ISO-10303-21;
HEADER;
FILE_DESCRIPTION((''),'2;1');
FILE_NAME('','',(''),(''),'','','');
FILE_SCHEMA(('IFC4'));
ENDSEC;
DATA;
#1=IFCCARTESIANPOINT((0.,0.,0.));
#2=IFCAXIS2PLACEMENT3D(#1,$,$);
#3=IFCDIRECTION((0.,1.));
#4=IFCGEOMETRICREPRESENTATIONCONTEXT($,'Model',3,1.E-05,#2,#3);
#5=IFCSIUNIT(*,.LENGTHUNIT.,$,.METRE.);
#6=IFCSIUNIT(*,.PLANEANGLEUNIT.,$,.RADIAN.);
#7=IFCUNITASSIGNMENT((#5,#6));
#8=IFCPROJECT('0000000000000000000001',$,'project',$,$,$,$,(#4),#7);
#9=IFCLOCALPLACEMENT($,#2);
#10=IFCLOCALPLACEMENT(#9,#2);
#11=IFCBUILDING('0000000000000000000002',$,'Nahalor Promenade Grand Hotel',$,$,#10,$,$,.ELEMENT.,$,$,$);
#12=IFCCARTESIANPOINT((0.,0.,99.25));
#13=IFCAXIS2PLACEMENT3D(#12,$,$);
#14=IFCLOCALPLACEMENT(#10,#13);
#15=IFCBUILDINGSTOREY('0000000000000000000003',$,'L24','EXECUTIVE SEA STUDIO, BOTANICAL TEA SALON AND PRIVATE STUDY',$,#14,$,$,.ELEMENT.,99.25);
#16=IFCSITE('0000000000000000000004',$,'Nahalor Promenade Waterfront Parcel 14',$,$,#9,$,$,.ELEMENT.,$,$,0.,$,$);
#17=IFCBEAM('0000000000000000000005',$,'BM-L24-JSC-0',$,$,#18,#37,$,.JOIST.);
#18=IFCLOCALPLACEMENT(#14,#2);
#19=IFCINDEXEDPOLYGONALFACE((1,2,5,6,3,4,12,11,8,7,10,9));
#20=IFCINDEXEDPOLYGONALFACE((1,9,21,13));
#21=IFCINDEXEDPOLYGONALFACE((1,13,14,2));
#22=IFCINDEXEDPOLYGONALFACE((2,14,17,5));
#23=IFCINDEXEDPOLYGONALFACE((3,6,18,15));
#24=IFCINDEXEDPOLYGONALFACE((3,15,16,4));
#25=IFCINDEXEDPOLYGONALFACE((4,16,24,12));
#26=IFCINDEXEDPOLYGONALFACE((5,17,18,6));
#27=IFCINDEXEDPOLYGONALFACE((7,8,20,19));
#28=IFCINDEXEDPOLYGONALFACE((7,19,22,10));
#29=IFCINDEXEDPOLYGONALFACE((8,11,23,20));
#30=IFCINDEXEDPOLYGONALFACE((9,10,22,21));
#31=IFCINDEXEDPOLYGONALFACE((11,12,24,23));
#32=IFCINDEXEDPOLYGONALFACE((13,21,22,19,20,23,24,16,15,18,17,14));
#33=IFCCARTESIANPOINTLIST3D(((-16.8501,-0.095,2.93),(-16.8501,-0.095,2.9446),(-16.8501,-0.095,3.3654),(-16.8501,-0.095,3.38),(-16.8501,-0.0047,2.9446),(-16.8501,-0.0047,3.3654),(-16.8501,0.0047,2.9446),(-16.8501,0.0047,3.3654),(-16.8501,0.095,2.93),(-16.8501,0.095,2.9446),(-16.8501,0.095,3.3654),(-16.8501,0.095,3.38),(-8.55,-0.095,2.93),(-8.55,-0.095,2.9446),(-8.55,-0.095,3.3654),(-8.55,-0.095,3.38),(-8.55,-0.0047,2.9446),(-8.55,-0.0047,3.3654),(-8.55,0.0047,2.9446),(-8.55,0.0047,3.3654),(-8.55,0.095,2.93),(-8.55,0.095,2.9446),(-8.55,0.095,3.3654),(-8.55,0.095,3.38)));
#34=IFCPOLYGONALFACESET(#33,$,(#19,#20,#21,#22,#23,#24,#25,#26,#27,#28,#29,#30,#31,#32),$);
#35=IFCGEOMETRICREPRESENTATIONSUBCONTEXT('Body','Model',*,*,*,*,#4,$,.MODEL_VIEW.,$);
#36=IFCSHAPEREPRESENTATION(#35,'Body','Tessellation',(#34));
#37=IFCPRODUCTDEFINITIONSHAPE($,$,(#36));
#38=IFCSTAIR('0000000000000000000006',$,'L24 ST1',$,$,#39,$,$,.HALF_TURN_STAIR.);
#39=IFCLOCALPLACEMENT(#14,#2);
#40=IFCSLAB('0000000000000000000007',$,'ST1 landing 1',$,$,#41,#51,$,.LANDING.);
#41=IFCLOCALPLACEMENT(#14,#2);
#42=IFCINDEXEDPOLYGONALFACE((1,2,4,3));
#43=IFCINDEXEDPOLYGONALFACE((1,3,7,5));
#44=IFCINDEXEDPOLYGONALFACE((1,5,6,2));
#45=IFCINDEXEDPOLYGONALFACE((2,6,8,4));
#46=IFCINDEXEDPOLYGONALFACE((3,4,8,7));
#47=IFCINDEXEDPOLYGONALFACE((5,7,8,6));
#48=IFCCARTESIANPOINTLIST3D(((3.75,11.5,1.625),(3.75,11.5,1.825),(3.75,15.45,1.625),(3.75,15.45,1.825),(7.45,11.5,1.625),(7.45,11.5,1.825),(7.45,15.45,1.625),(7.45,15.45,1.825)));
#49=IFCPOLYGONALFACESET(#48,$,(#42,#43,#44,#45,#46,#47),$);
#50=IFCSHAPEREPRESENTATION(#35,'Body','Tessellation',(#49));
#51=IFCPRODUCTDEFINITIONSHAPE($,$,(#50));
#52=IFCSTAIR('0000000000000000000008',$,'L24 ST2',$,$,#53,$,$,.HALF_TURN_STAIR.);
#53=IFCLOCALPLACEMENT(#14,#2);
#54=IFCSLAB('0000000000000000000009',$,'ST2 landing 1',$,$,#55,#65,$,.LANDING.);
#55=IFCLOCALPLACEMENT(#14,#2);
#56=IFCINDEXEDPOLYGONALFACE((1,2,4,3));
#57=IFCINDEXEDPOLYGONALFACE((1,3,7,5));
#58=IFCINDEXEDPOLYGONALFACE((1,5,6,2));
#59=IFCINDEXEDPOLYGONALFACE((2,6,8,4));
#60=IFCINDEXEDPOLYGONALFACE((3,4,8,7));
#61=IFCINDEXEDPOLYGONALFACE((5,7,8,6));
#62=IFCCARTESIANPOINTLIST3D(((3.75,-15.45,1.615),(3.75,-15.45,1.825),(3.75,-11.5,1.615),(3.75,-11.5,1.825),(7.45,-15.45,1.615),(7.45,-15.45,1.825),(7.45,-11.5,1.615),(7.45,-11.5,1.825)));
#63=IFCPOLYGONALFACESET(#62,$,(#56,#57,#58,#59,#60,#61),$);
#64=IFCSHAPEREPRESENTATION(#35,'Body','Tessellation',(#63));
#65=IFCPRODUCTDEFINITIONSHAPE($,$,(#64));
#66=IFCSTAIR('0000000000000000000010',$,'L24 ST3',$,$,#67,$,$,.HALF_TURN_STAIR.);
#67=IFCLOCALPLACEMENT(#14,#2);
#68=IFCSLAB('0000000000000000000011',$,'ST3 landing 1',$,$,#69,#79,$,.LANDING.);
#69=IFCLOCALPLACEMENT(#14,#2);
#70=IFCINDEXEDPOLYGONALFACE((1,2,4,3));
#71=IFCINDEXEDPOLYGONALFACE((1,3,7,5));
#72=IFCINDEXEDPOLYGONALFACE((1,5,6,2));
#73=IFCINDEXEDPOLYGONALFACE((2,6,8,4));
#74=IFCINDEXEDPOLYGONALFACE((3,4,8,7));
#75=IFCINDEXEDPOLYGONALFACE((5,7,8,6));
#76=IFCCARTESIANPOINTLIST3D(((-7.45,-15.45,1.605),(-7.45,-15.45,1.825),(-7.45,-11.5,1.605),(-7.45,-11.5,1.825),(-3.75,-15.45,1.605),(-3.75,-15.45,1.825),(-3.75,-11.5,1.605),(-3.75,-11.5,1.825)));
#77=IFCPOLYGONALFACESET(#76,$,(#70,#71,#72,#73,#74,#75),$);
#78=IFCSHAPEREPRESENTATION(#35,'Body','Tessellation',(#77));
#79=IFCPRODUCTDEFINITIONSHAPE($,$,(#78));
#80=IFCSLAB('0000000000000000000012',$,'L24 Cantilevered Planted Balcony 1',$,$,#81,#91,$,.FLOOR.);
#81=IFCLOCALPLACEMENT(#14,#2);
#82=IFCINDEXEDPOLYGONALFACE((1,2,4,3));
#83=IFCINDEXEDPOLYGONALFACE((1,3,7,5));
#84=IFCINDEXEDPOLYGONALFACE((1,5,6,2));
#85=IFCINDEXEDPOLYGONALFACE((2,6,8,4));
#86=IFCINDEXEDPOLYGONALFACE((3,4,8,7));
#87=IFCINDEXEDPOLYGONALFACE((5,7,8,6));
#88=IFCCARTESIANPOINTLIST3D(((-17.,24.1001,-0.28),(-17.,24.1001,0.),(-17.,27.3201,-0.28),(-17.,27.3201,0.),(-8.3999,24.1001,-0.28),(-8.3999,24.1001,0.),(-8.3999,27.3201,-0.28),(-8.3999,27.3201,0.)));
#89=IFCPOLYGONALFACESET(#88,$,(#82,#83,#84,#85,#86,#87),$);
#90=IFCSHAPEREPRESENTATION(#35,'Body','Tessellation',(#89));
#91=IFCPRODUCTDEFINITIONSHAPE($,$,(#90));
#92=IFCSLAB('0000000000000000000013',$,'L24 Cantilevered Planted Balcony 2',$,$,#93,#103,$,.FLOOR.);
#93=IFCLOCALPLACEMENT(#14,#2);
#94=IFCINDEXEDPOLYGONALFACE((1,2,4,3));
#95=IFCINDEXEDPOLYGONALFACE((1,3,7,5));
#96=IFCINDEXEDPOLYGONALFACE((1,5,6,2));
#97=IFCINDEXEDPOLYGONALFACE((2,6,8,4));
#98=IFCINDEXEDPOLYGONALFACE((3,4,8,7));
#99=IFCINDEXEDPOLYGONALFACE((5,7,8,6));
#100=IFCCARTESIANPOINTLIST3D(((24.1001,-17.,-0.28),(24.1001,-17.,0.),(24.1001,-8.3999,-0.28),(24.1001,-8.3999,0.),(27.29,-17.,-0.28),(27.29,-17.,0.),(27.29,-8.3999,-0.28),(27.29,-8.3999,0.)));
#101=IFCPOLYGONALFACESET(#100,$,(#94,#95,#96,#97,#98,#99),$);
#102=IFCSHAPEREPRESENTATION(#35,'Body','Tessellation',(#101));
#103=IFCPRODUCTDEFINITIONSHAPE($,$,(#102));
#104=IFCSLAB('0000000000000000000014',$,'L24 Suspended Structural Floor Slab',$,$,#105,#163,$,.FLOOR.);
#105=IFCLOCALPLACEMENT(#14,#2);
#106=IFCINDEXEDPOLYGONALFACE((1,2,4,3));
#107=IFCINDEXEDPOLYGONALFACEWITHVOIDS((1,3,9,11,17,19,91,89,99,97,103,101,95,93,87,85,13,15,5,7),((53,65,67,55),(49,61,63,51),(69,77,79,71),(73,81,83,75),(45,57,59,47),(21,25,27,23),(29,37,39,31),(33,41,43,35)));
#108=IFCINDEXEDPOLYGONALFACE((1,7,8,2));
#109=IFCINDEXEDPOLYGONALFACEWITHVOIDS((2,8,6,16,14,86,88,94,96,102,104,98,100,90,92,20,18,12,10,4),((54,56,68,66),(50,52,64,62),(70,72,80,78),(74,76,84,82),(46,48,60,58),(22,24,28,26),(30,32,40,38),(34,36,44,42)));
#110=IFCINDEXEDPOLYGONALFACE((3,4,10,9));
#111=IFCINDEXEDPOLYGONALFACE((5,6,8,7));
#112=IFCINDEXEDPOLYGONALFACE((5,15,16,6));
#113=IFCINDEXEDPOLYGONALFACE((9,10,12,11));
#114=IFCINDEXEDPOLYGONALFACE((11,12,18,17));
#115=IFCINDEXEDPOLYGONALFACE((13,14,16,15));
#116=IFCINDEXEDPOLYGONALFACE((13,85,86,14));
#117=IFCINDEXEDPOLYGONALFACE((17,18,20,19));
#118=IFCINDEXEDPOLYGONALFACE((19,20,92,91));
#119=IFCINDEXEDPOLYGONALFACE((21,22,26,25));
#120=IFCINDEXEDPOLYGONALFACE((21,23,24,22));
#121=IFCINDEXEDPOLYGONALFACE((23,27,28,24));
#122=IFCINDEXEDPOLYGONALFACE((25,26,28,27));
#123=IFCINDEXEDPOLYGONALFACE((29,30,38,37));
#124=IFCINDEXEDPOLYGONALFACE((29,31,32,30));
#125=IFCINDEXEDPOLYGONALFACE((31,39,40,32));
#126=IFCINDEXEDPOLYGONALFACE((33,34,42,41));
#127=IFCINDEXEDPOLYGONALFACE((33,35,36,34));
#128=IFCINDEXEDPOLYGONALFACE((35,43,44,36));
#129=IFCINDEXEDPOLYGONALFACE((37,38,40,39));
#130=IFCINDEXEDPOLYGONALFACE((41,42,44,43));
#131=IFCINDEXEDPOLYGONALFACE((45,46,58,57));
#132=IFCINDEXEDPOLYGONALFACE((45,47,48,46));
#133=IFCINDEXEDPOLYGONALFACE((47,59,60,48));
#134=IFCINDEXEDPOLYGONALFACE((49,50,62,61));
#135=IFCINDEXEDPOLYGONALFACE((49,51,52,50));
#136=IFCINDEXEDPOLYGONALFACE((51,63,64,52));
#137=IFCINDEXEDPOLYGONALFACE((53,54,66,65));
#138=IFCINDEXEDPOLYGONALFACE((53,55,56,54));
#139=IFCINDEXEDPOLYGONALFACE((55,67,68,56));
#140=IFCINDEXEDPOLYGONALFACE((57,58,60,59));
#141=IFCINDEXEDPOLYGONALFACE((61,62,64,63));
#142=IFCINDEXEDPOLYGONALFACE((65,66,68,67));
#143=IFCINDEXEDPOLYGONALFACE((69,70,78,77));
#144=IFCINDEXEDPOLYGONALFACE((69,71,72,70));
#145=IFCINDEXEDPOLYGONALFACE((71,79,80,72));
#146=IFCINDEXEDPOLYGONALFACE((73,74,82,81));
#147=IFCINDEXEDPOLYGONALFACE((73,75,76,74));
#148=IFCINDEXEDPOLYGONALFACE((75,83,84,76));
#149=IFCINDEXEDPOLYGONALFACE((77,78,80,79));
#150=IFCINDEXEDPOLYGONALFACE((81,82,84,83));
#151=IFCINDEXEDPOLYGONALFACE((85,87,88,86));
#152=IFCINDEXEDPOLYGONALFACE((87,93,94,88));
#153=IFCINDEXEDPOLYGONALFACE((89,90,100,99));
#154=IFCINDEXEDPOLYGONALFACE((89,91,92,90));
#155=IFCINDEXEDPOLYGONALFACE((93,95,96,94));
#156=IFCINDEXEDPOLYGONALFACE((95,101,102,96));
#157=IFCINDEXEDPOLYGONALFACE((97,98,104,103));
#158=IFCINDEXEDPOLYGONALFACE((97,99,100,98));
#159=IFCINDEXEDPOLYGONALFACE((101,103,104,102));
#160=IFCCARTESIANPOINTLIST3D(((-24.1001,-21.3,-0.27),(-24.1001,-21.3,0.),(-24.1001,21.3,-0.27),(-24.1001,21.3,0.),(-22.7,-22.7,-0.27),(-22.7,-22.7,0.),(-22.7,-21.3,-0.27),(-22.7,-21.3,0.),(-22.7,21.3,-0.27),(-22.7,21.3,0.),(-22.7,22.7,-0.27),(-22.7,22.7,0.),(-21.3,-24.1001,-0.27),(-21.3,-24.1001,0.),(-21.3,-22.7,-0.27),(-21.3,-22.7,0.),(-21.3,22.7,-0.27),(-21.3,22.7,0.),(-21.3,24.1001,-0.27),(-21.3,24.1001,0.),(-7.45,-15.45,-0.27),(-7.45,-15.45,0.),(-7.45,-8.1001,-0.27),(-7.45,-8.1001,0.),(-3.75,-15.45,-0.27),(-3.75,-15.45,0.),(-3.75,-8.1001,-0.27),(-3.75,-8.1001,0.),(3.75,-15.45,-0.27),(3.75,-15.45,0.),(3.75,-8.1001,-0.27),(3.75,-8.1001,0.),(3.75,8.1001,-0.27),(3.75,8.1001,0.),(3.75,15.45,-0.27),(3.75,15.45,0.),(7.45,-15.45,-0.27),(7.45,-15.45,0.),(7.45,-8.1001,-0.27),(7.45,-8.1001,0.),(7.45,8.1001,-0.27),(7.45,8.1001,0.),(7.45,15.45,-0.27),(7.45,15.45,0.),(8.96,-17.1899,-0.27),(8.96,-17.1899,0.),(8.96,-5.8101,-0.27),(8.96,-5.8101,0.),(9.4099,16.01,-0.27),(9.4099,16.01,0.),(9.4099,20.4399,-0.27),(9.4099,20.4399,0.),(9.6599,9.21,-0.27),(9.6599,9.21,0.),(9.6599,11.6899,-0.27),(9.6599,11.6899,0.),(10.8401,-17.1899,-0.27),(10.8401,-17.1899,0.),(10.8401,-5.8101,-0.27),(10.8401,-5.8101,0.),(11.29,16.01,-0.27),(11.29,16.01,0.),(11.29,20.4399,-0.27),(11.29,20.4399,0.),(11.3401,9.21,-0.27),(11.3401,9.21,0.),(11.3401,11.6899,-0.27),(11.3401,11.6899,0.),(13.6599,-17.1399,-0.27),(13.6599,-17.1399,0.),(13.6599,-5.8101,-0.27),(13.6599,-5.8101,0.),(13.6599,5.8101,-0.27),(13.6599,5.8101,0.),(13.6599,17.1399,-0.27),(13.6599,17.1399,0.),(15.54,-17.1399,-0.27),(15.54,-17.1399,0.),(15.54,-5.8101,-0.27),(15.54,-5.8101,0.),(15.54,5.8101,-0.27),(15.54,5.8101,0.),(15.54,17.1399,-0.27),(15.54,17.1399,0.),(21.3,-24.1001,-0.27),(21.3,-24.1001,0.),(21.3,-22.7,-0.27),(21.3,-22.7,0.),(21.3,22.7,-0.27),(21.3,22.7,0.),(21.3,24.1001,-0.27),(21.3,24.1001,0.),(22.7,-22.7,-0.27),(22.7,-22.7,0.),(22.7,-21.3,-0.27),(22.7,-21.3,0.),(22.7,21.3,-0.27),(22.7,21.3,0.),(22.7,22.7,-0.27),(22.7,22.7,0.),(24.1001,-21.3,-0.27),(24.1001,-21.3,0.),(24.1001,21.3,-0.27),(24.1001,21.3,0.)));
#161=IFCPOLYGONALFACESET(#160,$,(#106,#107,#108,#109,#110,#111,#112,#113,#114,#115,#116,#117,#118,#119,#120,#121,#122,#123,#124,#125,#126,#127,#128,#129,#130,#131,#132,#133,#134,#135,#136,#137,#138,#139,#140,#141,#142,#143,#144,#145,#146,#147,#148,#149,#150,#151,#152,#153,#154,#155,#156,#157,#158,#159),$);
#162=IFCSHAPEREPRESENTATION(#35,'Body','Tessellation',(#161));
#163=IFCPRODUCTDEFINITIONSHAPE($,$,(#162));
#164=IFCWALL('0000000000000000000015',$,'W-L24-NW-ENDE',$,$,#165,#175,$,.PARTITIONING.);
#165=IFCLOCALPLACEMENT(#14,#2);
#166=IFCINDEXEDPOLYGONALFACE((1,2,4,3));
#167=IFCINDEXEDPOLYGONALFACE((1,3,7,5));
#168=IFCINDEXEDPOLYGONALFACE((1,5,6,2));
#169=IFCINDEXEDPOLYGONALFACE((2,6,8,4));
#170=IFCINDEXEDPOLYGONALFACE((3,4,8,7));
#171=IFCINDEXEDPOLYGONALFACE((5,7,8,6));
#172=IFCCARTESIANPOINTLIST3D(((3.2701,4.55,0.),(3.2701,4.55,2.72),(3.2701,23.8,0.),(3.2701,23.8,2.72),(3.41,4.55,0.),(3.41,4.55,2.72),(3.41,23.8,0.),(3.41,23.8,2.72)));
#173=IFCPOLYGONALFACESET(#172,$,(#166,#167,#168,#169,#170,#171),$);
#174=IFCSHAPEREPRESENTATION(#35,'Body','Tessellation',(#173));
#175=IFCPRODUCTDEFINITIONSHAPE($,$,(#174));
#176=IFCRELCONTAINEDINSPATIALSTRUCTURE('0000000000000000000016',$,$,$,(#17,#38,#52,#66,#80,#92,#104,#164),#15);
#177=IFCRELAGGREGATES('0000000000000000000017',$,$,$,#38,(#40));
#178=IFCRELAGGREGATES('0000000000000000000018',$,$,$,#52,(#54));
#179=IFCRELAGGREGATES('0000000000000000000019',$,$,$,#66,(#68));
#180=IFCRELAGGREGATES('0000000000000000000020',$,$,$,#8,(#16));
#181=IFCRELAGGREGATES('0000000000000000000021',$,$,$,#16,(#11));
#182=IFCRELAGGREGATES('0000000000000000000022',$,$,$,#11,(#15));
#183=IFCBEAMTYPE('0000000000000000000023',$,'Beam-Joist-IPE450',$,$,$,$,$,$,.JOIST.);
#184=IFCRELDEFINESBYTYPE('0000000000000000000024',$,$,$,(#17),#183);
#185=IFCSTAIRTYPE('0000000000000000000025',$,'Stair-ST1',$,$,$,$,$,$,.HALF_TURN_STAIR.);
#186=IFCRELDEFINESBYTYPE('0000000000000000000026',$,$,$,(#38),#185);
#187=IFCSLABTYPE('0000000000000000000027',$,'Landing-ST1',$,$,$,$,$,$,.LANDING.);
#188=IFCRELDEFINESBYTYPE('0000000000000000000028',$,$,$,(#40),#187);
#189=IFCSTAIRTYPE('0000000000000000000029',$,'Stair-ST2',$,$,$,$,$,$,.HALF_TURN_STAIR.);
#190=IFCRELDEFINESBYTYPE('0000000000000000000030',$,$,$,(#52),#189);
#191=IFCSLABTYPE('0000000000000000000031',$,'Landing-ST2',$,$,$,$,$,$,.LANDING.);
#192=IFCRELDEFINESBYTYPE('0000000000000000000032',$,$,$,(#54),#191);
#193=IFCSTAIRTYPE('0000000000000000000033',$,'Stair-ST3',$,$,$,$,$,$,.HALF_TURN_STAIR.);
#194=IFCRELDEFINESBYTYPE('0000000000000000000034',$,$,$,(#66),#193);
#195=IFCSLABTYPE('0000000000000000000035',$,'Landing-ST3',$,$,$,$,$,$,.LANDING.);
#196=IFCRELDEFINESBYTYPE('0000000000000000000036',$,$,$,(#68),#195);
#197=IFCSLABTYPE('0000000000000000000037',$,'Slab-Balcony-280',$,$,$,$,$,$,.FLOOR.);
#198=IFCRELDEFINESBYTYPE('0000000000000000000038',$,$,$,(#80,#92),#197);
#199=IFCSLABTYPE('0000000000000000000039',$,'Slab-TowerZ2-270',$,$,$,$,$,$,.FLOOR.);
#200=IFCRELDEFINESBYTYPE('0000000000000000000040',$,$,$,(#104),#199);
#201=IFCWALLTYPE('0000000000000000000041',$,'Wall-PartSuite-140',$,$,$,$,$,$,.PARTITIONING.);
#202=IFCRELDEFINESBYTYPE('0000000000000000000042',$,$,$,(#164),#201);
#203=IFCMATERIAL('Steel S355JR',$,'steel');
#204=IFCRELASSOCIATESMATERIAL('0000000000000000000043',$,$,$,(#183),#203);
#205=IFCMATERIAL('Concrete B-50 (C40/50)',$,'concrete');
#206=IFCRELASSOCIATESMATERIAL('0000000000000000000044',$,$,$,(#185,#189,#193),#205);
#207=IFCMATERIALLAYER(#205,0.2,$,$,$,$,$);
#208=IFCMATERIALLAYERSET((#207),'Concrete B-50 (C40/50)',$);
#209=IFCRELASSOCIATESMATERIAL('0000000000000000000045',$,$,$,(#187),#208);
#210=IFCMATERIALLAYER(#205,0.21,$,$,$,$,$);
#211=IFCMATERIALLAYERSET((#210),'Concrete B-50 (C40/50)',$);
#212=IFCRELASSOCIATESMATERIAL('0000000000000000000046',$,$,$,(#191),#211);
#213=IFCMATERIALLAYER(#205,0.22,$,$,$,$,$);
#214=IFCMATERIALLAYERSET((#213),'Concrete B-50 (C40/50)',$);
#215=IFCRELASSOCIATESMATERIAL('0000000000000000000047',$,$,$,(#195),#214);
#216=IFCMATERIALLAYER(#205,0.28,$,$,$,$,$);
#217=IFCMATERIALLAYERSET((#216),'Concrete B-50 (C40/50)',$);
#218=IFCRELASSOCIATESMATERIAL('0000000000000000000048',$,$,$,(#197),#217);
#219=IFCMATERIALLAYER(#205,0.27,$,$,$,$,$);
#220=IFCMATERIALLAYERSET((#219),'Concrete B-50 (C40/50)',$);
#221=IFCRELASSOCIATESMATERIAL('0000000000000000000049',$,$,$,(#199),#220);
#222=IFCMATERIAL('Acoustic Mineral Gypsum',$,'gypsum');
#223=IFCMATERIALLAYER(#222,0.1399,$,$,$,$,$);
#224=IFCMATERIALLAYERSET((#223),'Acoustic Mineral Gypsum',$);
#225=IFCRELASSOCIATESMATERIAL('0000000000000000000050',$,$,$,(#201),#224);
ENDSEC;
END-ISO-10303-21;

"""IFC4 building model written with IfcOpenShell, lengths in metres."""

from ifc_helpers import new_model, si_unit, direction, frame, frame_2d, origin, origin_2d, place, context, subcontext, project, spatial, polyline, rectangle, i_section, outline, extrude, source, transform, mapped, material, layer, layer_set, material_profile, profile_set, type_object, element, aggregate, save


model = new_model("IFC4")

# Units and contexts
model_context = context("Model", 3, precision=1e-05, world=origin(), true_north=direction((0.0, 1.0)))
body_context = subcontext(model_context, "Body", "Model", "MODEL_VIEW")
ifc_project = project(units=[si_unit("LENGTHUNIT", "METRE"), si_unit("PLANEANGLEUNIT", "RADIAN")], contexts=[model_context])

# Site, building, storey
site_placement = place(None, origin())
site = spatial("IfcSite", under=ifc_project, at=site_placement, Name="Nahalor Promenade Waterfront Parcel 14", CompositionType="ELEMENT", RefElevation=0.0)
building_placement = place(site_placement, origin())
building = spatial("IfcBuilding", under=site, at=building_placement, Name="Nahalor Promenade Grand Hotel", CompositionType="ELEMENT")
storey_placement = place(building_placement, frame((0.0, 0.0, 99.25)))
storey = spatial("IfcBuildingStorey", under=building, at=storey_placement, Name="L24", Description="EXECUTIVE SEA STUDIO, BOTANICAL TEA SALON AND PRIVATE STUDY", CompositionType="ELEMENT", Elevation=99.25)

# Beam
ifc_material_1 = material(Name="Steel S355JR", Category="steel")
ifc_material_profile_1 = material_profile(ifc_material_1, i_section(OverallWidth=0.19, OverallDepth=0.45, WebThickness=0.0094, FlangeThickness=0.0146, at=origin_2d()), Name="IPE 450")
ifc_profile_set_1 = profile_set([ifc_material_profile_1], Name="Steel S355JR")
beam_type_1 = type_object("IfcBeamType", Name="Beam-Joist-IPE450", PredefinedType="JOIST", material=ifc_profile_set_1)
shared_shape_1 = source(origin(), body_context, "Body", "SweptSolid", [
    extrude(i_section(OverallWidth=0.19, OverallDepth=0.45, WebThickness=0.0094, FlangeThickness=0.0146, at=origin_2d()), origin(), (0.0, 0.0, 1.0), 8.3),
])
for number, where, z_axis, x_axis, name in (
    (1, (-16.8501, 0.0, 3.155), (1.0, 0.0, 0.0), (0.0, 1.0, 0.0), "BM-L24-JSC-0"),
):
    element("IfcBeam", number, at=place(storey_placement, frame(where, z_axis=z_axis, x_axis=x_axis)), inside=storey, type_object=beam_type_1, Name=name, PredefinedType="JOIST", context=body_context, shape_type="MappedRepresentation", body=[
        mapped(shared_shape_1, transform((0.0, 0.0, 0.0), scale=1.0)),
    ])

# Stairs, slabs
ifc_material_2 = material(Name="Concrete B-50 (C40/50)", Category="concrete")
stair_type_1 = type_object("IfcStairType", Name="Stair-ST1", PredefinedType="HALF_TURN_STAIR", material=ifc_material_2)
stair_1_placement = place(storey_placement, origin())
stair_1 = element("IfcStair", 2, at=stair_1_placement, inside=storey, type_object=stair_type_1, Name="L24 ST1", PredefinedType="HALF_TURN_STAIR")
ifc_layer_1 = layer(ifc_material_2, 0.2)
ifc_layer_set_1 = layer_set([ifc_layer_1], Name="Concrete B-50 (C40/50)")
slab_type_1 = type_object("IfcSlabType", Name="Landing-ST1", PredefinedType="LANDING", material=ifc_layer_set_1)
slab_1_placement = place(storey_placement, frame((0.0, 0.0, 1.625)))
slab_1 = element("IfcSlab", 3, at=slab_1_placement, type_object=slab_type_1, Name="ST1 landing 1", PredefinedType="LANDING", context=body_context, shape_type="SweptSolid", body=[
    extrude(outline(polyline([(7.45, 11.5), (7.45, 15.45), (3.75, 15.45), (3.75, 11.5), (7.45, 11.5)])), origin(), (0.0, 0.0, 1.0), 0.2),
])
aggregate(stair_1, [slab_1])
stair_type_2 = type_object("IfcStairType", Name="Stair-ST2", PredefinedType="HALF_TURN_STAIR", material=ifc_material_2)
stair_2_placement = place(storey_placement, origin())
stair_2 = element("IfcStair", 4, at=stair_2_placement, inside=storey, type_object=stair_type_2, Name="L24 ST2", PredefinedType="HALF_TURN_STAIR")
ifc_layer_2 = layer(ifc_material_2, 0.21)
ifc_layer_set_2 = layer_set([ifc_layer_2], Name="Concrete B-50 (C40/50)")
slab_type_2 = type_object("IfcSlabType", Name="Landing-ST2", PredefinedType="LANDING", material=ifc_layer_set_2)
slab_2_placement = place(storey_placement, frame((0.0, 0.0, 1.615)))
slab_2 = element("IfcSlab", 5, at=slab_2_placement, type_object=slab_type_2, Name="ST2 landing 1", PredefinedType="LANDING", context=body_context, shape_type="SweptSolid", body=[
    extrude(outline(polyline([(3.75, -11.5), (3.75, -15.45), (7.45, -15.45), (7.45, -11.5), (3.75, -11.5)])), origin(), (0.0, 0.0, 1.0), 0.21),
])
aggregate(stair_2, [slab_2])
stair_type_3 = type_object("IfcStairType", Name="Stair-ST3", PredefinedType="HALF_TURN_STAIR", material=ifc_material_2)
stair_3_placement = place(storey_placement, origin())
stair_3 = element("IfcStair", 6, at=stair_3_placement, inside=storey, type_object=stair_type_3, Name="L24 ST3", PredefinedType="HALF_TURN_STAIR")
ifc_layer_3 = layer(ifc_material_2, 0.22)
ifc_layer_set_3 = layer_set([ifc_layer_3], Name="Concrete B-50 (C40/50)")
slab_type_3 = type_object("IfcSlabType", Name="Landing-ST3", PredefinedType="LANDING", material=ifc_layer_set_3)
slab_3_placement = place(storey_placement, frame((0.0, 0.0, 1.605)))
slab_3 = element("IfcSlab", 7, at=slab_3_placement, type_object=slab_type_3, Name="ST3 landing 1", PredefinedType="LANDING", context=body_context, shape_type="SweptSolid", body=[
    extrude(outline(polyline([(-7.45, -11.5), (-7.45, -15.45), (-3.75, -15.45), (-3.75, -11.5), (-7.45, -11.5)])), origin(), (0.0, 0.0, 1.0), 0.22),
])
aggregate(stair_3, [slab_3])

# Slabs
ifc_layer_4 = layer(ifc_material_2, 0.28)
ifc_layer_set_4 = layer_set([ifc_layer_4], Name="Concrete B-50 (C40/50)")
slab_type_4 = type_object("IfcSlabType", Name="Slab-Balcony-280", PredefinedType="FLOOR", material=ifc_layer_set_4)
slab_4_placement = place(storey_placement, frame((0.0, 0.0, -0.28)))
element("IfcSlab", 8, at=slab_4_placement, inside=storey, type_object=slab_type_4, Name="L24 Cantilevered Planted Balcony 1", PredefinedType="FLOOR", context=body_context, shape_type="SweptSolid", body=[
    extrude(outline(polyline([(-17.0, 24.1001), (-8.3999, 24.1001), (-8.3999, 27.3201), (-17.0, 27.3201), (-17.0, 24.1001)])), origin(), (0.0, 0.0, 1.0), 0.28),
])
slab_5_placement = place(storey_placement, frame((0.0, 0.0, -0.28)))
element("IfcSlab", 9, at=slab_5_placement, inside=storey, type_object=slab_type_4, Name="L24 Cantilevered Planted Balcony 2", PredefinedType="FLOOR", context=body_context, shape_type="SweptSolid", body=[
    extrude(outline(polyline([(24.1001, -17.0), (27.29, -17.0), (27.29, -8.3999), (24.1001, -8.3999), (24.1001, -17.0)])), origin(), (0.0, 0.0, 1.0), 0.28),
])
ifc_layer_5 = layer(ifc_material_2, 0.27)
ifc_layer_set_5 = layer_set([ifc_layer_5], Name="Concrete B-50 (C40/50)")
slab_type_5 = type_object("IfcSlabType", Name="Slab-TowerZ2-270", PredefinedType="FLOOR", material=ifc_layer_set_5)
slab_6_placement = place(storey_placement, frame((0.0, 0.0, -0.27)))
element("IfcSlab", 10, at=slab_6_placement, inside=storey, type_object=slab_type_5, Name="L24 Suspended Structural Floor Slab", PredefinedType="FLOOR", context=body_context, shape_type="SweptSolid", body=[
    extrude(outline(polyline([(-21.3, -24.1001), (21.3, -24.1001), (21.3, -22.7), (22.7, -22.7), (22.7, -21.3), (24.1001, -21.3), (24.1001, 21.3), (22.7, 21.3), (22.7, 22.7), (21.3, 22.7), (21.3, 24.1001), (-21.3, 24.1001), (-21.3, 22.7), (-22.7, 22.7), (-22.7, 21.3), (-24.1001, 21.3), (-24.1001, -21.3), (-22.7, -21.3), (-22.7, -22.7), (-21.3, -22.7), (-21.3, -24.1001)]), holes=[polyline([(3.75, 8.1001), (7.45, 8.1001), (7.45, 15.45), (3.75, 15.45), (3.75, 8.1001)]), polyline([(3.75, -15.45), (7.45, -15.45), (7.45, -8.1001), (3.75, -8.1001), (3.75, -15.45)]), polyline([(-7.45, -15.45), (-3.75, -15.45), (-3.75, -8.1001), (-7.45, -8.1001), (-7.45, -15.45)]), polyline([(13.6599, 5.8101), (15.54, 5.8101), (15.54, 17.1399), (13.6599, 17.1399), (13.6599, 5.8101)]), polyline([(13.6599, -17.1399), (15.54, -17.1399), (15.54, -5.8101), (13.6599, -5.8101), (13.6599, -17.1399)]), polyline([(8.96, -17.1899), (10.8401, -17.1899), (10.8401, -5.8101), (8.96, -5.8101), (8.96, -17.1899)]), polyline([(9.4099, 16.01), (11.29, 16.01), (11.29, 20.4399), (9.4099, 20.4399), (9.4099, 16.01)]), polyline([(9.6599, 9.21), (11.3401, 9.21), (11.3401, 11.6899), (9.6599, 11.6899), (9.6599, 9.21)])]), origin(), (0.0, 0.0, 1.0), 0.27),
])

# Wall
ifc_material_3 = material(Name="Acoustic Mineral Gypsum", Category="gypsum")
ifc_layer_6 = layer(ifc_material_3, 0.1399)
ifc_layer_set_6 = layer_set([ifc_layer_6], Name="Acoustic Mineral Gypsum")
wall_type_1 = type_object("IfcWallType", Name="Wall-PartSuite-140", PredefinedType="PARTITIONING", material=ifc_layer_set_6)
shared_shape_2 = source(origin(), body_context, "Body", "SweptSolid", [
    extrude(rectangle(XDim=19.25, YDim=0.1399, at=frame_2d((9.625, 0.0))), origin(), (0.0, 0.0, 1.0), 2.72),
])
for number, where, z_axis, x_axis, name in (
    (11, (3.3401, 4.55, 0.0), (0.0, 0.0, 1.0), (0.0, 1.0, 0.0), "W-L24-NW-ENDE"),
):
    element("IfcWall", number, at=place(storey_placement, frame(where, z_axis=z_axis, x_axis=x_axis)), inside=storey, type_object=wall_type_1, Name=name, PredefinedType="PARTITIONING", context=body_context, shape_type="MappedRepresentation", body=[
        mapped(shared_shape_2, transform((0.0, 0.0, 0.0), scale=1.0)),
    ])

save(model, "model.ifc")
